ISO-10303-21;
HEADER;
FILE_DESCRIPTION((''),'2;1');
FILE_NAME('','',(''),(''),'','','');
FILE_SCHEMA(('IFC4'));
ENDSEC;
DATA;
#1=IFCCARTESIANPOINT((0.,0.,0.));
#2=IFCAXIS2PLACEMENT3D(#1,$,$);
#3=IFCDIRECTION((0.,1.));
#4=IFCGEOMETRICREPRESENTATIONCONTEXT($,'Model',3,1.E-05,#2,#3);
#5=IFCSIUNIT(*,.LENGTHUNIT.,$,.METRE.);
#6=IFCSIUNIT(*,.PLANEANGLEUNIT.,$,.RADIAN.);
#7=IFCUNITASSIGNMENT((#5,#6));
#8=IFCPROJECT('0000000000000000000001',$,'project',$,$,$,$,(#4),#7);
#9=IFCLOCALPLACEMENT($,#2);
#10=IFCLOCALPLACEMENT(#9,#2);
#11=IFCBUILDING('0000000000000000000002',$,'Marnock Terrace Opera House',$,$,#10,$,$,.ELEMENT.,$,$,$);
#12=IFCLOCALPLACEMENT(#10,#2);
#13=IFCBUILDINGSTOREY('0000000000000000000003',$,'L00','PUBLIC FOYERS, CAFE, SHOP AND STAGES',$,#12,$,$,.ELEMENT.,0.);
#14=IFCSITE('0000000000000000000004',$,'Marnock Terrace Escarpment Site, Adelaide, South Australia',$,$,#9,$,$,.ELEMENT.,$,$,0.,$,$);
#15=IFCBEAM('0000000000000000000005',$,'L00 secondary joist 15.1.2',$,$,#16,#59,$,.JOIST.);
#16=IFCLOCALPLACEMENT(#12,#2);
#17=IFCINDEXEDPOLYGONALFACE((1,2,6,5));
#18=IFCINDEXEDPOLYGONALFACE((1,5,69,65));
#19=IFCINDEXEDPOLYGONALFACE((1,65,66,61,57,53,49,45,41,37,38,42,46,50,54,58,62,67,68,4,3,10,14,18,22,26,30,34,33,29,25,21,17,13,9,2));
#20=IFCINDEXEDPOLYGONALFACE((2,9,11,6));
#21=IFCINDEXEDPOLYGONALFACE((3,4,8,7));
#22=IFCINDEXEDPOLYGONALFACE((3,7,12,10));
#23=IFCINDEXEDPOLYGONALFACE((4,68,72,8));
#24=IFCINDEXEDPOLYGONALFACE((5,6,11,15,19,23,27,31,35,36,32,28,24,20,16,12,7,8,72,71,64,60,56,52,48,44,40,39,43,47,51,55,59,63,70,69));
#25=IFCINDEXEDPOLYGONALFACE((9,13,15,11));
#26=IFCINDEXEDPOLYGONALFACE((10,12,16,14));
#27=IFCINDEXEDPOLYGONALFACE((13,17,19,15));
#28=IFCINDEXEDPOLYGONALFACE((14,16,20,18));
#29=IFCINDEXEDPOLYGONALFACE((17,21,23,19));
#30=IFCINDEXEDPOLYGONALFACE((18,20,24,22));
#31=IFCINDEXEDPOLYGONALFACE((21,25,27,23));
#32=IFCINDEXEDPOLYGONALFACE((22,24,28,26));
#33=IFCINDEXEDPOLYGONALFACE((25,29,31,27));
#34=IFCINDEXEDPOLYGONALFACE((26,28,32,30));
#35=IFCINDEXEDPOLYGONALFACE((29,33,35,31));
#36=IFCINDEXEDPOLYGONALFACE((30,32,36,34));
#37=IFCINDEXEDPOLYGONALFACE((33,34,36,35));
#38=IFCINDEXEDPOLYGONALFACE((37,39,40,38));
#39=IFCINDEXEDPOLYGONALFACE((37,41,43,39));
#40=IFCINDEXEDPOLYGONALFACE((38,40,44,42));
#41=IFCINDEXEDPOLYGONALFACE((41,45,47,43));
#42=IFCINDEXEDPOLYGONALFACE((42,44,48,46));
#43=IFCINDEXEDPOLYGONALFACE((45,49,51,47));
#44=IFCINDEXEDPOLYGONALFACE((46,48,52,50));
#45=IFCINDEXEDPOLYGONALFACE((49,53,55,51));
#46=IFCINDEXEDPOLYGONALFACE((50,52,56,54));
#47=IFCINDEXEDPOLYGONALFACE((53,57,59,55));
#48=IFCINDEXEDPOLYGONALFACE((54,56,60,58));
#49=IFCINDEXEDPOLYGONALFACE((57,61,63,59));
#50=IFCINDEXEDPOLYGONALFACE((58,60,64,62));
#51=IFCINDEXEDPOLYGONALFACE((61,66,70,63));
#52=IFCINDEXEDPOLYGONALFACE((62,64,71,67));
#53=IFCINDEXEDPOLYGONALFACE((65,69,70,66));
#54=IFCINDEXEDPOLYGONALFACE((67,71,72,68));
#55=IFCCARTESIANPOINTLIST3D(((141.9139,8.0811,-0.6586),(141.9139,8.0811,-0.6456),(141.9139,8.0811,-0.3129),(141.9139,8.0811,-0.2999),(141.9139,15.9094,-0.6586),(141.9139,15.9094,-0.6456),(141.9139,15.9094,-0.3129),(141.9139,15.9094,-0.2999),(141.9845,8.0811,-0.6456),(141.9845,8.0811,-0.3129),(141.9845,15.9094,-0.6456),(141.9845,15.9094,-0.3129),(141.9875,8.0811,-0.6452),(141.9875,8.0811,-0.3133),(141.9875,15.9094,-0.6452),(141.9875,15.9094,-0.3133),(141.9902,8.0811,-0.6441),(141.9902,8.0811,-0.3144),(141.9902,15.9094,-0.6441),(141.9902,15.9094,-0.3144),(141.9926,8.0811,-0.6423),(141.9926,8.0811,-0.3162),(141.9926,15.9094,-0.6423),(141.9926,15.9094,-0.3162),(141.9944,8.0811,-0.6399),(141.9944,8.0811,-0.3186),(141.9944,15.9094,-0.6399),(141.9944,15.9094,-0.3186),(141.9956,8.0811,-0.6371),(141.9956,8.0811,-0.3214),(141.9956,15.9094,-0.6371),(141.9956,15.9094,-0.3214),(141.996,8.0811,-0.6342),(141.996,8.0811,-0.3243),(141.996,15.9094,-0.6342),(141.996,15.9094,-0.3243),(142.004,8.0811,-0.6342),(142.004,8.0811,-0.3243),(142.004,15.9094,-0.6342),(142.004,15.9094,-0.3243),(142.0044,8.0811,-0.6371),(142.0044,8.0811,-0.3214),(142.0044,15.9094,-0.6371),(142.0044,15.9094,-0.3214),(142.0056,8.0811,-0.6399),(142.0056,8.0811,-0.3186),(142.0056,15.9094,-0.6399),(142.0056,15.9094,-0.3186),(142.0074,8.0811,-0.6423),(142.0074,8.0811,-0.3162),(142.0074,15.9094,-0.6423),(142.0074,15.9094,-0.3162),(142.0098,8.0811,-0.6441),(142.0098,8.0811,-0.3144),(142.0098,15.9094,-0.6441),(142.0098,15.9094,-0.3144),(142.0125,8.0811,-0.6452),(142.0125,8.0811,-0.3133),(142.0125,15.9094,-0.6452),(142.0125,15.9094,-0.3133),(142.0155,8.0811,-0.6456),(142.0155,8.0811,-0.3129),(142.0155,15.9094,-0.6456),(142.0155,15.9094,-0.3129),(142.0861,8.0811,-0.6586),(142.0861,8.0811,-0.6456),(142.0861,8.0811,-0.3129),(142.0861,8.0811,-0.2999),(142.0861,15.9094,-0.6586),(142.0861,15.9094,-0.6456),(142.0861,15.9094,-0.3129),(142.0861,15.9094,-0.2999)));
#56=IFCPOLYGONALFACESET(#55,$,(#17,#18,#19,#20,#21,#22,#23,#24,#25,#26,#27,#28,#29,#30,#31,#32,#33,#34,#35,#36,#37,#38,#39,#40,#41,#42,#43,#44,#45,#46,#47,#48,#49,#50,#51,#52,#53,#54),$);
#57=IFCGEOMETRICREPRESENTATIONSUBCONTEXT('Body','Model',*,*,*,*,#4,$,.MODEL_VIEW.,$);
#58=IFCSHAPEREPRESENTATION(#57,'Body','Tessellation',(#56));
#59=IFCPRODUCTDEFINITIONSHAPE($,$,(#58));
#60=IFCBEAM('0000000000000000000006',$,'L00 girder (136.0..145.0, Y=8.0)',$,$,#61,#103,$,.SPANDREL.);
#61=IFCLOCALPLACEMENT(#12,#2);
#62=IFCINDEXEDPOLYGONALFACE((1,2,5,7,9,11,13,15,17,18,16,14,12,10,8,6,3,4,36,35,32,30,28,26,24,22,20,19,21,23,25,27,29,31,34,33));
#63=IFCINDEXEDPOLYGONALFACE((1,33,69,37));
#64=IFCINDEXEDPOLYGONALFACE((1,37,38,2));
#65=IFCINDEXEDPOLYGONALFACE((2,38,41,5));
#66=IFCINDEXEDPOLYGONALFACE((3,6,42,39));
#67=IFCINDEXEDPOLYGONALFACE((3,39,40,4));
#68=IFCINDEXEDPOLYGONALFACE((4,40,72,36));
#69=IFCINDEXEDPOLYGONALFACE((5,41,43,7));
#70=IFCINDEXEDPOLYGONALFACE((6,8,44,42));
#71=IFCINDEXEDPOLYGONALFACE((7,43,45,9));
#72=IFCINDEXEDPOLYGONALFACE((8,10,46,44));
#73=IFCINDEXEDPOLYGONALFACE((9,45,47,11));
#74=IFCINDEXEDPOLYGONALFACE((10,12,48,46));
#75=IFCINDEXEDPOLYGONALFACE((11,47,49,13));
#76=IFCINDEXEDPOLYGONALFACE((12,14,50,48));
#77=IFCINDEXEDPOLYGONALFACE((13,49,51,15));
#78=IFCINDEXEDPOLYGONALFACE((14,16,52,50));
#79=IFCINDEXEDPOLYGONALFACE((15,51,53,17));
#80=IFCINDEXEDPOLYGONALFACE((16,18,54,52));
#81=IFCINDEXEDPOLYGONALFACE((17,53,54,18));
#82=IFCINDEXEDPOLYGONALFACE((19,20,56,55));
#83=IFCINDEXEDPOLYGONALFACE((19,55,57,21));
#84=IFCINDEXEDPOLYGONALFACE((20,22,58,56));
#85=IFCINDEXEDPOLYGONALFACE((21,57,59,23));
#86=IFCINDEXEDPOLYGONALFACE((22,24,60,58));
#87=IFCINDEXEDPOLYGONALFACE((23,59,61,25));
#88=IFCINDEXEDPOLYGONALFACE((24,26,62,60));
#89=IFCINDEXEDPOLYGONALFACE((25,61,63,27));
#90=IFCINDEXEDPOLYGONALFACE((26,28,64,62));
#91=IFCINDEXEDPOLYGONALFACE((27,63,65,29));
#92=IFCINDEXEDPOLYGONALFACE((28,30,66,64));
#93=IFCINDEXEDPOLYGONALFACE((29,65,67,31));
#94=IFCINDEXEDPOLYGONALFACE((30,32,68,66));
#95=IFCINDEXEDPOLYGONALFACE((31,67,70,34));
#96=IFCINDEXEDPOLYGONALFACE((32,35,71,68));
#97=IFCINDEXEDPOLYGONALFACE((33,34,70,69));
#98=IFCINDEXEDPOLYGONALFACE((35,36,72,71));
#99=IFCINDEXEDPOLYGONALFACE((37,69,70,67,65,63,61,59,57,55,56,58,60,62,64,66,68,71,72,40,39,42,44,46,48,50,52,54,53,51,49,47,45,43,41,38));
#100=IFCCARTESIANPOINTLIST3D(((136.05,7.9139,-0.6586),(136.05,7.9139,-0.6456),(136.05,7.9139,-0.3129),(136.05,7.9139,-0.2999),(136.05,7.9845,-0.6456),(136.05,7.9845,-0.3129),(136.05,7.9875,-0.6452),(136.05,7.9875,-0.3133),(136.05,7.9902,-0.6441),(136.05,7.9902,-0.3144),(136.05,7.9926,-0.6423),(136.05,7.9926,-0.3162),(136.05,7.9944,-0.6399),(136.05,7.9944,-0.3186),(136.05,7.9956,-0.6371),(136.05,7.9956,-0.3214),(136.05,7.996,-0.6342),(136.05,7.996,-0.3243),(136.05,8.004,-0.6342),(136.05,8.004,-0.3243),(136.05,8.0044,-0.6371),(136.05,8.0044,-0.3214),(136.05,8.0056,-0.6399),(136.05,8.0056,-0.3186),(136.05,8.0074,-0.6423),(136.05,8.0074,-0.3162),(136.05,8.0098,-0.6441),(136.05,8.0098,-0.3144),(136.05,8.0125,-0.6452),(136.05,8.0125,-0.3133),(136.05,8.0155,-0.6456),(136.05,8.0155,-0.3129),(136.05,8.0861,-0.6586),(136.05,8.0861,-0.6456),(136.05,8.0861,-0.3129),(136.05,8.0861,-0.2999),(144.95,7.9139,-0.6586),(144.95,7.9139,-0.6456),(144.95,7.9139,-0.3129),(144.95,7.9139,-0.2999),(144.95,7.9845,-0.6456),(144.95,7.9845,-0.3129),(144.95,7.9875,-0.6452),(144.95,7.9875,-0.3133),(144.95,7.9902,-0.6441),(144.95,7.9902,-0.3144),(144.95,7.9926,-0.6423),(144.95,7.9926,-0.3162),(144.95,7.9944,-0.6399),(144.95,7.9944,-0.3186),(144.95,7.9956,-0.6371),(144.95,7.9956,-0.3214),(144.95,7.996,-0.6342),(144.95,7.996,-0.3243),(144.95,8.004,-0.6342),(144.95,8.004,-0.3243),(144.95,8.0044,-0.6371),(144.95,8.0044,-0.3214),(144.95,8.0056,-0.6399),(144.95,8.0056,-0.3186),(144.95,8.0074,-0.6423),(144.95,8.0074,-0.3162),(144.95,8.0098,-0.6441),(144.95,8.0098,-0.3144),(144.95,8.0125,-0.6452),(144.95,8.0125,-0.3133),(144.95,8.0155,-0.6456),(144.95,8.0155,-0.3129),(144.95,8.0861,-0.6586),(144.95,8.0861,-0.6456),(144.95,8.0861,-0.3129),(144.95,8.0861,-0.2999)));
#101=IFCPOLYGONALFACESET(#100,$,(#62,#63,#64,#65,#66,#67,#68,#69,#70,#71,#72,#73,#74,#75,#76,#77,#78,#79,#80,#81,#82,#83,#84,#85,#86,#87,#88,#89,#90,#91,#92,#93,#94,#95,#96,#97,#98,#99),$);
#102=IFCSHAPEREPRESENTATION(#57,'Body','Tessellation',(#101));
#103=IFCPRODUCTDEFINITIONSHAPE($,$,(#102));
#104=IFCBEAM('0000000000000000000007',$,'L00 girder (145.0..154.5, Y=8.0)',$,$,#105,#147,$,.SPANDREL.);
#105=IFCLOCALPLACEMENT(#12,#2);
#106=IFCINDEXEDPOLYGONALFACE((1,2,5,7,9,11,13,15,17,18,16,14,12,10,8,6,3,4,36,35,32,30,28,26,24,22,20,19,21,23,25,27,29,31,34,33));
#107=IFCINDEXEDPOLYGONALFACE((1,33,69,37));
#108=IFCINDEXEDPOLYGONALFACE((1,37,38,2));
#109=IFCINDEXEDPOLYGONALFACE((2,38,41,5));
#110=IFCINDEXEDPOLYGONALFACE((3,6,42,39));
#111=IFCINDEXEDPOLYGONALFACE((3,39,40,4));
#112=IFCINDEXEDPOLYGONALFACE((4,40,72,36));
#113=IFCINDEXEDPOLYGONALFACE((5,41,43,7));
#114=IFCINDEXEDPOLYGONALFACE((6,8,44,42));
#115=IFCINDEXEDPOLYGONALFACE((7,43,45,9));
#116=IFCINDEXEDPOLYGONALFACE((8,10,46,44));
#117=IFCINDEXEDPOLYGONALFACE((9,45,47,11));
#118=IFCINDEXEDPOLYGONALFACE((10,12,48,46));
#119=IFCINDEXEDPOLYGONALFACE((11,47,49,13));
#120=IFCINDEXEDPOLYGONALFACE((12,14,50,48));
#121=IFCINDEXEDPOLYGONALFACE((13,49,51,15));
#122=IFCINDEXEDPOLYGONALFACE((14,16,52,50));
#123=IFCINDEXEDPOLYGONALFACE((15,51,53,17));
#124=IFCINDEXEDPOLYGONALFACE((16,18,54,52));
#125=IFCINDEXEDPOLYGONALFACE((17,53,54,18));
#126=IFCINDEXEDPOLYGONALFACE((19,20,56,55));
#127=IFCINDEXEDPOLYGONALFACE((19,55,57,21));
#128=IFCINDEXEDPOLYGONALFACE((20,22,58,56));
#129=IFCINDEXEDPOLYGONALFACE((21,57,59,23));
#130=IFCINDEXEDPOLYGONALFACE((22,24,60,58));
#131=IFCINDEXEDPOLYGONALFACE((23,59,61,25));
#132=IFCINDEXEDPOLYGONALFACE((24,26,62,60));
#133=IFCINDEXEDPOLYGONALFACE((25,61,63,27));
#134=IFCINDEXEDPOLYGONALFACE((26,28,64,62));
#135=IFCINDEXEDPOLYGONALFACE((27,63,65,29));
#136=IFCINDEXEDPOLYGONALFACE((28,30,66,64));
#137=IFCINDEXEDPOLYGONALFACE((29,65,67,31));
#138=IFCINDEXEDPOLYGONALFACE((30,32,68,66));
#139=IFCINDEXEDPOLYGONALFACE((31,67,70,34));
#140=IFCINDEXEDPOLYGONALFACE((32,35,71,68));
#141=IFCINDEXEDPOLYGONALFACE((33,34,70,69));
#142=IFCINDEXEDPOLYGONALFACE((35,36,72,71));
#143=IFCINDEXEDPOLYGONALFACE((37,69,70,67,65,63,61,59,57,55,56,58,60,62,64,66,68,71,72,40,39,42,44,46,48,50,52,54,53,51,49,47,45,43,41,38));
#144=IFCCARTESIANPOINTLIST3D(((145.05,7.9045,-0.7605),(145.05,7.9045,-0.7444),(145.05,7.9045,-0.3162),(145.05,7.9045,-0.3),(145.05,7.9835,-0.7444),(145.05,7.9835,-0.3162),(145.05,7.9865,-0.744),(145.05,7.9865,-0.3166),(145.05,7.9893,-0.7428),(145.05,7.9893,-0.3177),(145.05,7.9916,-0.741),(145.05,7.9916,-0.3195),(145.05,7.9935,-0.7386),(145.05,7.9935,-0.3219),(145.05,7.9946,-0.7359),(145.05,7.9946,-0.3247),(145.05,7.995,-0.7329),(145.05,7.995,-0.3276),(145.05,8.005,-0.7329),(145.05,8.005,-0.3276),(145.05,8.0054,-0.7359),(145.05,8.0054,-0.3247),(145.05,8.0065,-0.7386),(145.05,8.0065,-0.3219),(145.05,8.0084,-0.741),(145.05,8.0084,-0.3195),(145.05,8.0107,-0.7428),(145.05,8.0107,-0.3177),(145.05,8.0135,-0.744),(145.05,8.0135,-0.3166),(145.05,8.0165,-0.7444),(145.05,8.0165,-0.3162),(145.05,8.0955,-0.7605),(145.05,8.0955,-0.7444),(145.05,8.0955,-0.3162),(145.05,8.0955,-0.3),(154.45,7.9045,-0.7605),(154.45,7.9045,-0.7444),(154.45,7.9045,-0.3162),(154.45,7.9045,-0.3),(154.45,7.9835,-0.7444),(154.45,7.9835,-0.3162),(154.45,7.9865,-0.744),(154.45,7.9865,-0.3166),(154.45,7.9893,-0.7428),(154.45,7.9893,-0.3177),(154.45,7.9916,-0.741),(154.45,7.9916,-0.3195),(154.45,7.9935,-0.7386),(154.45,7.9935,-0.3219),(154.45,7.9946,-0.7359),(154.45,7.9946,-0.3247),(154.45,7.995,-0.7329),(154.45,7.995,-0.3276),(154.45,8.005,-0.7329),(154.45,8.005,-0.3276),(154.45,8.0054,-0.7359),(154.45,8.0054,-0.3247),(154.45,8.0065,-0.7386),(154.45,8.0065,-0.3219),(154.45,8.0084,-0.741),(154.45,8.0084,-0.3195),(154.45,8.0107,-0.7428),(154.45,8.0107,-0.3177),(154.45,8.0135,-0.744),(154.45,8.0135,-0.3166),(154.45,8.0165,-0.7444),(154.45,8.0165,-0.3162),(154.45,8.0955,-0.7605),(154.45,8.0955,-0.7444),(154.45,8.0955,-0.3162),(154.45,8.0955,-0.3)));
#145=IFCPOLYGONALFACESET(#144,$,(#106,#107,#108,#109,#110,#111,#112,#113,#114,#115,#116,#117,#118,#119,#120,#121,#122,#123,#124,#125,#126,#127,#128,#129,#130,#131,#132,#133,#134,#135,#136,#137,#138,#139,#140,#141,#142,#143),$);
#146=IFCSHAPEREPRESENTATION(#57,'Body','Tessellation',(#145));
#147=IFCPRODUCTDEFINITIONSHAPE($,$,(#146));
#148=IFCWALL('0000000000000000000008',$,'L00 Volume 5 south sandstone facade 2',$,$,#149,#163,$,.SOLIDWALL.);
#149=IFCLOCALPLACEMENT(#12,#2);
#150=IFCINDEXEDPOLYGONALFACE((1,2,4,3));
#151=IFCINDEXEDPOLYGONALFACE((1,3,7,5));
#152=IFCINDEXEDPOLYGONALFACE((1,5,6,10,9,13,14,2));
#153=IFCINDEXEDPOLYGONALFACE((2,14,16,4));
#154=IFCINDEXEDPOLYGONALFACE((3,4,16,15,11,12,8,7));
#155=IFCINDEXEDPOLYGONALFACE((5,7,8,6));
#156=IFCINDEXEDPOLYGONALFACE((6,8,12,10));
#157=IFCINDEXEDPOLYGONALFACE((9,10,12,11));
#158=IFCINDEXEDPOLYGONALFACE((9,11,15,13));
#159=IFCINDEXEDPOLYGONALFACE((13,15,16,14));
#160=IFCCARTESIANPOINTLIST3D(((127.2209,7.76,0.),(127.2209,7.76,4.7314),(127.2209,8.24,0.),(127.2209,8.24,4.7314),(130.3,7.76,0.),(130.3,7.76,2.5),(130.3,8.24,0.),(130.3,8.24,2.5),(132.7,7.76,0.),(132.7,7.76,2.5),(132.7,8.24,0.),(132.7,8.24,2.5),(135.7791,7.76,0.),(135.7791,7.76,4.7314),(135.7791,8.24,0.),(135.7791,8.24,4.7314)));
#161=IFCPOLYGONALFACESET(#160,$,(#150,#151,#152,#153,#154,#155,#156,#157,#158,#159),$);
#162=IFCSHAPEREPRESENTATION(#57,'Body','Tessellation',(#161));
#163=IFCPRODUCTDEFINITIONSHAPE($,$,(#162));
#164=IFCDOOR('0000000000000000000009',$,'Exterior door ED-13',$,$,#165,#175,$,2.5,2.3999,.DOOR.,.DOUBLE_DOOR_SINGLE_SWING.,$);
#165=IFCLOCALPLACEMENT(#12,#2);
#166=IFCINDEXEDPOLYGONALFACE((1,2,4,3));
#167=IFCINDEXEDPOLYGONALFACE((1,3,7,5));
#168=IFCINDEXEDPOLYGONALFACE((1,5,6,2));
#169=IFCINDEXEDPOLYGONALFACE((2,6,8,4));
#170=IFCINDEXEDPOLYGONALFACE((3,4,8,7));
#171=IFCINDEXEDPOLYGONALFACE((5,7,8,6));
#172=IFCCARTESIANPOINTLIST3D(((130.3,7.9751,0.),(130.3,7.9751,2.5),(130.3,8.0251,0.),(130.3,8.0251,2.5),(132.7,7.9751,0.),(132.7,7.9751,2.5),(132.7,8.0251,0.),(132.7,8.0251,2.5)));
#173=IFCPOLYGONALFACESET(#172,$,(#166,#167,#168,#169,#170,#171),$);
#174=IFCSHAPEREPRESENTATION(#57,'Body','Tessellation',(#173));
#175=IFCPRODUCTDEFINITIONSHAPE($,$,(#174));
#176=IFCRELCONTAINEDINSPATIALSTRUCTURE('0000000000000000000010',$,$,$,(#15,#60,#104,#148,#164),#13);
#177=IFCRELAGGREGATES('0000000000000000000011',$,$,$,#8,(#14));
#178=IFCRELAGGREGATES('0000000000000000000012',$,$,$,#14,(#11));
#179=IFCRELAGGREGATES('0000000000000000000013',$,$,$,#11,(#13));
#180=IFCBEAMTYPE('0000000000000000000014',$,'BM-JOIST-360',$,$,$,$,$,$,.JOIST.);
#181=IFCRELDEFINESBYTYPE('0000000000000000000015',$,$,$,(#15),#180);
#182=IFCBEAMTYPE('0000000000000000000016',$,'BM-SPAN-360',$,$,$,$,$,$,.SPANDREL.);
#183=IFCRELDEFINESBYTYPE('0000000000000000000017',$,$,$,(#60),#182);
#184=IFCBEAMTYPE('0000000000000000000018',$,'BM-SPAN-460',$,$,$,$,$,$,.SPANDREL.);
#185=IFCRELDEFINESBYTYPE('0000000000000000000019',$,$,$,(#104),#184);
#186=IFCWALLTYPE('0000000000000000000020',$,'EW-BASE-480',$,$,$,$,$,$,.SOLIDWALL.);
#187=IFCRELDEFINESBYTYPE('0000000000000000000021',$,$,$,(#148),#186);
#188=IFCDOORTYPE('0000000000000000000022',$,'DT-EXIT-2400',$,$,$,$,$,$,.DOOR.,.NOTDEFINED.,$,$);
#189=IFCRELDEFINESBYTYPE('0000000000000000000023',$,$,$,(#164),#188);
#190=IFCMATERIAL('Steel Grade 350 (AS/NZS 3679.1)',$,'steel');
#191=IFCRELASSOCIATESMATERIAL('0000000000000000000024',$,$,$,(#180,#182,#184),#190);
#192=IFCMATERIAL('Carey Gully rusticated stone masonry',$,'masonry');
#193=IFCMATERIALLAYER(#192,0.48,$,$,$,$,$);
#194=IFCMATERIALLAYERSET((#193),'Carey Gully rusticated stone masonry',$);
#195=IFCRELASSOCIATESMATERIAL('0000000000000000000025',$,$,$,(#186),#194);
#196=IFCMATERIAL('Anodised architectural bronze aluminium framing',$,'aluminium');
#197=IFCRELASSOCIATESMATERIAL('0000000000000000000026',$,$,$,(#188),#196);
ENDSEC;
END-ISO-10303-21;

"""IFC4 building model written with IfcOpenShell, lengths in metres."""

from ifc_helpers import new_model, si_unit, direction, frame, frame_2d, origin, origin_2d, place, context, subcontext, project, spatial, rectangle, i_section, extrude, material, layer, layer_set, material_profile, profile_set, type_object, element, fill, save


model = new_model("IFC4")

# Units and contexts
model_context = context("Model", 3, precision=1e-05, world=origin(), true_north=direction((0.0, 1.0)))
body_context = subcontext(model_context, "Body", "Model", "MODEL_VIEW")
ifc_project = project(units=[si_unit("LENGTHUNIT", "METRE"), si_unit("PLANEANGLEUNIT", "RADIAN")], contexts=[model_context])

# Site, building, storey
site_placement = place(None, origin())
site = spatial("IfcSite", under=ifc_project, at=site_placement, Name="Marnock Terrace Escarpment Site, Adelaide, South Australia", CompositionType="ELEMENT", RefElevation=0.0)
building_placement = place(site_placement, origin())
building = spatial("IfcBuilding", under=site, at=building_placement, Name="Marnock Terrace Opera House", CompositionType="ELEMENT")
storey_placement = place(building_placement, origin())
storey = spatial("IfcBuildingStorey", under=building, at=storey_placement, Name="L00", Description="PUBLIC FOYERS, CAFE, SHOP AND STAGES", CompositionType="ELEMENT", Elevation=0.0)

# Beams
ifc_material_1 = material(Name="Steel Grade 350 (AS/NZS 3679.1)", Category="steel")
ifc_material_profile_1 = material_profile(ifc_material_1, i_section(OverallWidth=0.1721, OverallDepth=0.3586, WebThickness=0.0081, FlangeThickness=0.0129, FilletRadius=0.0115, at=origin_2d()))
ifc_profile_set_1 = profile_set([ifc_material_profile_1], Name="Steel Grade 350 (AS/NZS 3679.1)")
beam_type_1 = type_object("IfcBeamType", Name="BM-JOIST-360", PredefinedType="JOIST", material=ifc_profile_set_1)
for number, where, z_axis, x_axis, name in (
    (1, (142.0, 8.0811, -0.4792), (0.0, 1.0, 0.0), (-1.0, 0.0, 0.0), "L00 secondary joist 15.1.2"),
):
    element("IfcBeam", number, at=place(storey_placement, frame(where, z_axis=z_axis, x_axis=x_axis)), inside=storey, type_object=beam_type_1, Name=name, PredefinedType="JOIST", context=body_context, shape_type="SweptSolid", body=[
        extrude(i_section(OverallWidth=0.1721, OverallDepth=0.3586, WebThickness=0.0081, FlangeThickness=0.0129, FilletRadius=0.0115, at=origin_2d()), origin(), (0.0, 0.0, 1.0), 7.8284),
    ])
ifc_material_profile_2 = material_profile(ifc_material_1, i_section(OverallWidth=0.1721, OverallDepth=0.3586, WebThickness=0.0081, FlangeThickness=0.0129, FilletRadius=0.0115, at=origin_2d()))
ifc_profile_set_2 = profile_set([ifc_material_profile_2], Name="Steel Grade 350 (AS/NZS 3679.1)")
beam_type_2 = type_object("IfcBeamType", Name="BM-SPAN-360", PredefinedType="SPANDREL", material=ifc_profile_set_2)
beam_1_placement = place(storey_placement, frame((136.05, 8.0, -0.4792), z_axis=(1.0, 0.0, 0.0), x_axis=(0.0, 1.0, 0.0)))
element("IfcBeam", 2, at=beam_1_placement, inside=storey, type_object=beam_type_2, Name="L00 girder (136.0..145.0, Y=8.0)", PredefinedType="SPANDREL", context=body_context, shape_type="SweptSolid", body=[
    extrude(i_section(OverallWidth=0.1721, OverallDepth=0.3586, WebThickness=0.0081, FlangeThickness=0.0129, FilletRadius=0.0115, at=origin_2d()), origin(), (0.0, 0.0, 1.0), 8.8999),
])
ifc_material_profile_3 = material_profile(ifc_material_1, i_section(OverallWidth=0.1909, OverallDepth=0.4604, WebThickness=0.01, FlangeThickness=0.0161, FilletRadius=0.0115, at=origin_2d()))
ifc_profile_set_3 = profile_set([ifc_material_profile_3], Name="Steel Grade 350 (AS/NZS 3679.1)")
beam_type_3 = type_object("IfcBeamType", Name="BM-SPAN-460", PredefinedType="SPANDREL", material=ifc_profile_set_3)
beam_2_placement = place(storey_placement, frame((145.05, 8.0, -0.5303), z_axis=(1.0, 0.0, 0.0), x_axis=(0.0, 1.0, 0.0)))
element("IfcBeam", 3, at=beam_2_placement, inside=storey, type_object=beam_type_3, Name="L00 girder (145.0..154.5, Y=8.0)", PredefinedType="SPANDREL", context=body_context, shape_type="SweptSolid", body=[
    extrude(i_section(OverallWidth=0.1909, OverallDepth=0.4604, WebThickness=0.01, FlangeThickness=0.0161, FilletRadius=0.0115, at=origin_2d()), origin(), (0.0, 0.0, 1.0), 9.3999),
])

# Wall, opening, door
ifc_material_2 = material(Name="Carey Gully rusticated stone masonry", Category="masonry")
ifc_layer_1 = layer(ifc_material_2, 0.48)
ifc_layer_set_1 = layer_set([ifc_layer_1], Name="Carey Gully rusticated stone masonry")
wall_type_1 = type_object("IfcWallType", Name="EW-BASE-480", PredefinedType="SOLIDWALL", material=ifc_layer_set_1)
wall_1_placement = place(storey_placement, frame((135.7791, 8.0, 0.0), z_axis=(0.0, 0.0, 1.0), x_axis=(-1.0, 0.0, 0.0)))
wall_1 = element("IfcWall", 4, at=wall_1_placement, inside=storey, type_object=wall_type_1, Name="L00 Volume 5 south sandstone facade 2", PredefinedType="SOLIDWALL", context=body_context, shape_type="SweptSolid", body=[
    extrude(rectangle(XDim=8.5581, YDim=0.48, at=frame_2d((4.2791, 0.0))), origin(), (0.0, 0.0, 1.0), 4.7314),
])
opening_1_placement = place(wall_1_placement, frame((3.0791, 0.0, 0.0)))
opening_1 = element("IfcOpeningElement", 5, at=opening_1_placement, cuts=wall_1, PredefinedType="OPENING", context=body_context, shape_type="SweptSolid", body=[
    extrude(rectangle(XDim=2.3999, YDim=2.5, at=frame_2d((1.2, 1.25))), frame((0.0, 0.25, 0.0), z_axis=(0.0, -1.0, 0.0), x_axis=(1.0, 0.0, 0.0)), (0.0, 0.0, 1.0), 0.5),
])
ifc_material_3 = material(Name="Anodised architectural bronze aluminium framing", Category="aluminium")
door_type_1 = type_object("IfcDoorType", Name="DT-EXIT-2400", OperationType="NOTDEFINED", PredefinedType="DOOR", material=ifc_material_3)
door_1_placement = place(opening_1_placement, origin())
door_1 = element("IfcDoor", 6, at=door_1_placement, inside=storey, type_object=door_type_1, Name="Exterior door ED-13", OperationType="DOUBLE_DOOR_SINGLE_SWING", OverallHeight=2.5, OverallWidth=2.3999, PredefinedType="DOOR", context=body_context, shape_type="SweptSolid", body=[
    extrude(rectangle(XDim=2.3999, YDim=2.5, at=frame_2d((1.2, 1.25))), frame((0.0, 0.0249, 0.0), z_axis=(0.0, -1.0, 0.0), x_axis=(1.0, 0.0, 0.0)), (0.0, 0.0, 1.0), 0.05),
])
fill(opening_1, door_1)

save(model, "model.ifc")
